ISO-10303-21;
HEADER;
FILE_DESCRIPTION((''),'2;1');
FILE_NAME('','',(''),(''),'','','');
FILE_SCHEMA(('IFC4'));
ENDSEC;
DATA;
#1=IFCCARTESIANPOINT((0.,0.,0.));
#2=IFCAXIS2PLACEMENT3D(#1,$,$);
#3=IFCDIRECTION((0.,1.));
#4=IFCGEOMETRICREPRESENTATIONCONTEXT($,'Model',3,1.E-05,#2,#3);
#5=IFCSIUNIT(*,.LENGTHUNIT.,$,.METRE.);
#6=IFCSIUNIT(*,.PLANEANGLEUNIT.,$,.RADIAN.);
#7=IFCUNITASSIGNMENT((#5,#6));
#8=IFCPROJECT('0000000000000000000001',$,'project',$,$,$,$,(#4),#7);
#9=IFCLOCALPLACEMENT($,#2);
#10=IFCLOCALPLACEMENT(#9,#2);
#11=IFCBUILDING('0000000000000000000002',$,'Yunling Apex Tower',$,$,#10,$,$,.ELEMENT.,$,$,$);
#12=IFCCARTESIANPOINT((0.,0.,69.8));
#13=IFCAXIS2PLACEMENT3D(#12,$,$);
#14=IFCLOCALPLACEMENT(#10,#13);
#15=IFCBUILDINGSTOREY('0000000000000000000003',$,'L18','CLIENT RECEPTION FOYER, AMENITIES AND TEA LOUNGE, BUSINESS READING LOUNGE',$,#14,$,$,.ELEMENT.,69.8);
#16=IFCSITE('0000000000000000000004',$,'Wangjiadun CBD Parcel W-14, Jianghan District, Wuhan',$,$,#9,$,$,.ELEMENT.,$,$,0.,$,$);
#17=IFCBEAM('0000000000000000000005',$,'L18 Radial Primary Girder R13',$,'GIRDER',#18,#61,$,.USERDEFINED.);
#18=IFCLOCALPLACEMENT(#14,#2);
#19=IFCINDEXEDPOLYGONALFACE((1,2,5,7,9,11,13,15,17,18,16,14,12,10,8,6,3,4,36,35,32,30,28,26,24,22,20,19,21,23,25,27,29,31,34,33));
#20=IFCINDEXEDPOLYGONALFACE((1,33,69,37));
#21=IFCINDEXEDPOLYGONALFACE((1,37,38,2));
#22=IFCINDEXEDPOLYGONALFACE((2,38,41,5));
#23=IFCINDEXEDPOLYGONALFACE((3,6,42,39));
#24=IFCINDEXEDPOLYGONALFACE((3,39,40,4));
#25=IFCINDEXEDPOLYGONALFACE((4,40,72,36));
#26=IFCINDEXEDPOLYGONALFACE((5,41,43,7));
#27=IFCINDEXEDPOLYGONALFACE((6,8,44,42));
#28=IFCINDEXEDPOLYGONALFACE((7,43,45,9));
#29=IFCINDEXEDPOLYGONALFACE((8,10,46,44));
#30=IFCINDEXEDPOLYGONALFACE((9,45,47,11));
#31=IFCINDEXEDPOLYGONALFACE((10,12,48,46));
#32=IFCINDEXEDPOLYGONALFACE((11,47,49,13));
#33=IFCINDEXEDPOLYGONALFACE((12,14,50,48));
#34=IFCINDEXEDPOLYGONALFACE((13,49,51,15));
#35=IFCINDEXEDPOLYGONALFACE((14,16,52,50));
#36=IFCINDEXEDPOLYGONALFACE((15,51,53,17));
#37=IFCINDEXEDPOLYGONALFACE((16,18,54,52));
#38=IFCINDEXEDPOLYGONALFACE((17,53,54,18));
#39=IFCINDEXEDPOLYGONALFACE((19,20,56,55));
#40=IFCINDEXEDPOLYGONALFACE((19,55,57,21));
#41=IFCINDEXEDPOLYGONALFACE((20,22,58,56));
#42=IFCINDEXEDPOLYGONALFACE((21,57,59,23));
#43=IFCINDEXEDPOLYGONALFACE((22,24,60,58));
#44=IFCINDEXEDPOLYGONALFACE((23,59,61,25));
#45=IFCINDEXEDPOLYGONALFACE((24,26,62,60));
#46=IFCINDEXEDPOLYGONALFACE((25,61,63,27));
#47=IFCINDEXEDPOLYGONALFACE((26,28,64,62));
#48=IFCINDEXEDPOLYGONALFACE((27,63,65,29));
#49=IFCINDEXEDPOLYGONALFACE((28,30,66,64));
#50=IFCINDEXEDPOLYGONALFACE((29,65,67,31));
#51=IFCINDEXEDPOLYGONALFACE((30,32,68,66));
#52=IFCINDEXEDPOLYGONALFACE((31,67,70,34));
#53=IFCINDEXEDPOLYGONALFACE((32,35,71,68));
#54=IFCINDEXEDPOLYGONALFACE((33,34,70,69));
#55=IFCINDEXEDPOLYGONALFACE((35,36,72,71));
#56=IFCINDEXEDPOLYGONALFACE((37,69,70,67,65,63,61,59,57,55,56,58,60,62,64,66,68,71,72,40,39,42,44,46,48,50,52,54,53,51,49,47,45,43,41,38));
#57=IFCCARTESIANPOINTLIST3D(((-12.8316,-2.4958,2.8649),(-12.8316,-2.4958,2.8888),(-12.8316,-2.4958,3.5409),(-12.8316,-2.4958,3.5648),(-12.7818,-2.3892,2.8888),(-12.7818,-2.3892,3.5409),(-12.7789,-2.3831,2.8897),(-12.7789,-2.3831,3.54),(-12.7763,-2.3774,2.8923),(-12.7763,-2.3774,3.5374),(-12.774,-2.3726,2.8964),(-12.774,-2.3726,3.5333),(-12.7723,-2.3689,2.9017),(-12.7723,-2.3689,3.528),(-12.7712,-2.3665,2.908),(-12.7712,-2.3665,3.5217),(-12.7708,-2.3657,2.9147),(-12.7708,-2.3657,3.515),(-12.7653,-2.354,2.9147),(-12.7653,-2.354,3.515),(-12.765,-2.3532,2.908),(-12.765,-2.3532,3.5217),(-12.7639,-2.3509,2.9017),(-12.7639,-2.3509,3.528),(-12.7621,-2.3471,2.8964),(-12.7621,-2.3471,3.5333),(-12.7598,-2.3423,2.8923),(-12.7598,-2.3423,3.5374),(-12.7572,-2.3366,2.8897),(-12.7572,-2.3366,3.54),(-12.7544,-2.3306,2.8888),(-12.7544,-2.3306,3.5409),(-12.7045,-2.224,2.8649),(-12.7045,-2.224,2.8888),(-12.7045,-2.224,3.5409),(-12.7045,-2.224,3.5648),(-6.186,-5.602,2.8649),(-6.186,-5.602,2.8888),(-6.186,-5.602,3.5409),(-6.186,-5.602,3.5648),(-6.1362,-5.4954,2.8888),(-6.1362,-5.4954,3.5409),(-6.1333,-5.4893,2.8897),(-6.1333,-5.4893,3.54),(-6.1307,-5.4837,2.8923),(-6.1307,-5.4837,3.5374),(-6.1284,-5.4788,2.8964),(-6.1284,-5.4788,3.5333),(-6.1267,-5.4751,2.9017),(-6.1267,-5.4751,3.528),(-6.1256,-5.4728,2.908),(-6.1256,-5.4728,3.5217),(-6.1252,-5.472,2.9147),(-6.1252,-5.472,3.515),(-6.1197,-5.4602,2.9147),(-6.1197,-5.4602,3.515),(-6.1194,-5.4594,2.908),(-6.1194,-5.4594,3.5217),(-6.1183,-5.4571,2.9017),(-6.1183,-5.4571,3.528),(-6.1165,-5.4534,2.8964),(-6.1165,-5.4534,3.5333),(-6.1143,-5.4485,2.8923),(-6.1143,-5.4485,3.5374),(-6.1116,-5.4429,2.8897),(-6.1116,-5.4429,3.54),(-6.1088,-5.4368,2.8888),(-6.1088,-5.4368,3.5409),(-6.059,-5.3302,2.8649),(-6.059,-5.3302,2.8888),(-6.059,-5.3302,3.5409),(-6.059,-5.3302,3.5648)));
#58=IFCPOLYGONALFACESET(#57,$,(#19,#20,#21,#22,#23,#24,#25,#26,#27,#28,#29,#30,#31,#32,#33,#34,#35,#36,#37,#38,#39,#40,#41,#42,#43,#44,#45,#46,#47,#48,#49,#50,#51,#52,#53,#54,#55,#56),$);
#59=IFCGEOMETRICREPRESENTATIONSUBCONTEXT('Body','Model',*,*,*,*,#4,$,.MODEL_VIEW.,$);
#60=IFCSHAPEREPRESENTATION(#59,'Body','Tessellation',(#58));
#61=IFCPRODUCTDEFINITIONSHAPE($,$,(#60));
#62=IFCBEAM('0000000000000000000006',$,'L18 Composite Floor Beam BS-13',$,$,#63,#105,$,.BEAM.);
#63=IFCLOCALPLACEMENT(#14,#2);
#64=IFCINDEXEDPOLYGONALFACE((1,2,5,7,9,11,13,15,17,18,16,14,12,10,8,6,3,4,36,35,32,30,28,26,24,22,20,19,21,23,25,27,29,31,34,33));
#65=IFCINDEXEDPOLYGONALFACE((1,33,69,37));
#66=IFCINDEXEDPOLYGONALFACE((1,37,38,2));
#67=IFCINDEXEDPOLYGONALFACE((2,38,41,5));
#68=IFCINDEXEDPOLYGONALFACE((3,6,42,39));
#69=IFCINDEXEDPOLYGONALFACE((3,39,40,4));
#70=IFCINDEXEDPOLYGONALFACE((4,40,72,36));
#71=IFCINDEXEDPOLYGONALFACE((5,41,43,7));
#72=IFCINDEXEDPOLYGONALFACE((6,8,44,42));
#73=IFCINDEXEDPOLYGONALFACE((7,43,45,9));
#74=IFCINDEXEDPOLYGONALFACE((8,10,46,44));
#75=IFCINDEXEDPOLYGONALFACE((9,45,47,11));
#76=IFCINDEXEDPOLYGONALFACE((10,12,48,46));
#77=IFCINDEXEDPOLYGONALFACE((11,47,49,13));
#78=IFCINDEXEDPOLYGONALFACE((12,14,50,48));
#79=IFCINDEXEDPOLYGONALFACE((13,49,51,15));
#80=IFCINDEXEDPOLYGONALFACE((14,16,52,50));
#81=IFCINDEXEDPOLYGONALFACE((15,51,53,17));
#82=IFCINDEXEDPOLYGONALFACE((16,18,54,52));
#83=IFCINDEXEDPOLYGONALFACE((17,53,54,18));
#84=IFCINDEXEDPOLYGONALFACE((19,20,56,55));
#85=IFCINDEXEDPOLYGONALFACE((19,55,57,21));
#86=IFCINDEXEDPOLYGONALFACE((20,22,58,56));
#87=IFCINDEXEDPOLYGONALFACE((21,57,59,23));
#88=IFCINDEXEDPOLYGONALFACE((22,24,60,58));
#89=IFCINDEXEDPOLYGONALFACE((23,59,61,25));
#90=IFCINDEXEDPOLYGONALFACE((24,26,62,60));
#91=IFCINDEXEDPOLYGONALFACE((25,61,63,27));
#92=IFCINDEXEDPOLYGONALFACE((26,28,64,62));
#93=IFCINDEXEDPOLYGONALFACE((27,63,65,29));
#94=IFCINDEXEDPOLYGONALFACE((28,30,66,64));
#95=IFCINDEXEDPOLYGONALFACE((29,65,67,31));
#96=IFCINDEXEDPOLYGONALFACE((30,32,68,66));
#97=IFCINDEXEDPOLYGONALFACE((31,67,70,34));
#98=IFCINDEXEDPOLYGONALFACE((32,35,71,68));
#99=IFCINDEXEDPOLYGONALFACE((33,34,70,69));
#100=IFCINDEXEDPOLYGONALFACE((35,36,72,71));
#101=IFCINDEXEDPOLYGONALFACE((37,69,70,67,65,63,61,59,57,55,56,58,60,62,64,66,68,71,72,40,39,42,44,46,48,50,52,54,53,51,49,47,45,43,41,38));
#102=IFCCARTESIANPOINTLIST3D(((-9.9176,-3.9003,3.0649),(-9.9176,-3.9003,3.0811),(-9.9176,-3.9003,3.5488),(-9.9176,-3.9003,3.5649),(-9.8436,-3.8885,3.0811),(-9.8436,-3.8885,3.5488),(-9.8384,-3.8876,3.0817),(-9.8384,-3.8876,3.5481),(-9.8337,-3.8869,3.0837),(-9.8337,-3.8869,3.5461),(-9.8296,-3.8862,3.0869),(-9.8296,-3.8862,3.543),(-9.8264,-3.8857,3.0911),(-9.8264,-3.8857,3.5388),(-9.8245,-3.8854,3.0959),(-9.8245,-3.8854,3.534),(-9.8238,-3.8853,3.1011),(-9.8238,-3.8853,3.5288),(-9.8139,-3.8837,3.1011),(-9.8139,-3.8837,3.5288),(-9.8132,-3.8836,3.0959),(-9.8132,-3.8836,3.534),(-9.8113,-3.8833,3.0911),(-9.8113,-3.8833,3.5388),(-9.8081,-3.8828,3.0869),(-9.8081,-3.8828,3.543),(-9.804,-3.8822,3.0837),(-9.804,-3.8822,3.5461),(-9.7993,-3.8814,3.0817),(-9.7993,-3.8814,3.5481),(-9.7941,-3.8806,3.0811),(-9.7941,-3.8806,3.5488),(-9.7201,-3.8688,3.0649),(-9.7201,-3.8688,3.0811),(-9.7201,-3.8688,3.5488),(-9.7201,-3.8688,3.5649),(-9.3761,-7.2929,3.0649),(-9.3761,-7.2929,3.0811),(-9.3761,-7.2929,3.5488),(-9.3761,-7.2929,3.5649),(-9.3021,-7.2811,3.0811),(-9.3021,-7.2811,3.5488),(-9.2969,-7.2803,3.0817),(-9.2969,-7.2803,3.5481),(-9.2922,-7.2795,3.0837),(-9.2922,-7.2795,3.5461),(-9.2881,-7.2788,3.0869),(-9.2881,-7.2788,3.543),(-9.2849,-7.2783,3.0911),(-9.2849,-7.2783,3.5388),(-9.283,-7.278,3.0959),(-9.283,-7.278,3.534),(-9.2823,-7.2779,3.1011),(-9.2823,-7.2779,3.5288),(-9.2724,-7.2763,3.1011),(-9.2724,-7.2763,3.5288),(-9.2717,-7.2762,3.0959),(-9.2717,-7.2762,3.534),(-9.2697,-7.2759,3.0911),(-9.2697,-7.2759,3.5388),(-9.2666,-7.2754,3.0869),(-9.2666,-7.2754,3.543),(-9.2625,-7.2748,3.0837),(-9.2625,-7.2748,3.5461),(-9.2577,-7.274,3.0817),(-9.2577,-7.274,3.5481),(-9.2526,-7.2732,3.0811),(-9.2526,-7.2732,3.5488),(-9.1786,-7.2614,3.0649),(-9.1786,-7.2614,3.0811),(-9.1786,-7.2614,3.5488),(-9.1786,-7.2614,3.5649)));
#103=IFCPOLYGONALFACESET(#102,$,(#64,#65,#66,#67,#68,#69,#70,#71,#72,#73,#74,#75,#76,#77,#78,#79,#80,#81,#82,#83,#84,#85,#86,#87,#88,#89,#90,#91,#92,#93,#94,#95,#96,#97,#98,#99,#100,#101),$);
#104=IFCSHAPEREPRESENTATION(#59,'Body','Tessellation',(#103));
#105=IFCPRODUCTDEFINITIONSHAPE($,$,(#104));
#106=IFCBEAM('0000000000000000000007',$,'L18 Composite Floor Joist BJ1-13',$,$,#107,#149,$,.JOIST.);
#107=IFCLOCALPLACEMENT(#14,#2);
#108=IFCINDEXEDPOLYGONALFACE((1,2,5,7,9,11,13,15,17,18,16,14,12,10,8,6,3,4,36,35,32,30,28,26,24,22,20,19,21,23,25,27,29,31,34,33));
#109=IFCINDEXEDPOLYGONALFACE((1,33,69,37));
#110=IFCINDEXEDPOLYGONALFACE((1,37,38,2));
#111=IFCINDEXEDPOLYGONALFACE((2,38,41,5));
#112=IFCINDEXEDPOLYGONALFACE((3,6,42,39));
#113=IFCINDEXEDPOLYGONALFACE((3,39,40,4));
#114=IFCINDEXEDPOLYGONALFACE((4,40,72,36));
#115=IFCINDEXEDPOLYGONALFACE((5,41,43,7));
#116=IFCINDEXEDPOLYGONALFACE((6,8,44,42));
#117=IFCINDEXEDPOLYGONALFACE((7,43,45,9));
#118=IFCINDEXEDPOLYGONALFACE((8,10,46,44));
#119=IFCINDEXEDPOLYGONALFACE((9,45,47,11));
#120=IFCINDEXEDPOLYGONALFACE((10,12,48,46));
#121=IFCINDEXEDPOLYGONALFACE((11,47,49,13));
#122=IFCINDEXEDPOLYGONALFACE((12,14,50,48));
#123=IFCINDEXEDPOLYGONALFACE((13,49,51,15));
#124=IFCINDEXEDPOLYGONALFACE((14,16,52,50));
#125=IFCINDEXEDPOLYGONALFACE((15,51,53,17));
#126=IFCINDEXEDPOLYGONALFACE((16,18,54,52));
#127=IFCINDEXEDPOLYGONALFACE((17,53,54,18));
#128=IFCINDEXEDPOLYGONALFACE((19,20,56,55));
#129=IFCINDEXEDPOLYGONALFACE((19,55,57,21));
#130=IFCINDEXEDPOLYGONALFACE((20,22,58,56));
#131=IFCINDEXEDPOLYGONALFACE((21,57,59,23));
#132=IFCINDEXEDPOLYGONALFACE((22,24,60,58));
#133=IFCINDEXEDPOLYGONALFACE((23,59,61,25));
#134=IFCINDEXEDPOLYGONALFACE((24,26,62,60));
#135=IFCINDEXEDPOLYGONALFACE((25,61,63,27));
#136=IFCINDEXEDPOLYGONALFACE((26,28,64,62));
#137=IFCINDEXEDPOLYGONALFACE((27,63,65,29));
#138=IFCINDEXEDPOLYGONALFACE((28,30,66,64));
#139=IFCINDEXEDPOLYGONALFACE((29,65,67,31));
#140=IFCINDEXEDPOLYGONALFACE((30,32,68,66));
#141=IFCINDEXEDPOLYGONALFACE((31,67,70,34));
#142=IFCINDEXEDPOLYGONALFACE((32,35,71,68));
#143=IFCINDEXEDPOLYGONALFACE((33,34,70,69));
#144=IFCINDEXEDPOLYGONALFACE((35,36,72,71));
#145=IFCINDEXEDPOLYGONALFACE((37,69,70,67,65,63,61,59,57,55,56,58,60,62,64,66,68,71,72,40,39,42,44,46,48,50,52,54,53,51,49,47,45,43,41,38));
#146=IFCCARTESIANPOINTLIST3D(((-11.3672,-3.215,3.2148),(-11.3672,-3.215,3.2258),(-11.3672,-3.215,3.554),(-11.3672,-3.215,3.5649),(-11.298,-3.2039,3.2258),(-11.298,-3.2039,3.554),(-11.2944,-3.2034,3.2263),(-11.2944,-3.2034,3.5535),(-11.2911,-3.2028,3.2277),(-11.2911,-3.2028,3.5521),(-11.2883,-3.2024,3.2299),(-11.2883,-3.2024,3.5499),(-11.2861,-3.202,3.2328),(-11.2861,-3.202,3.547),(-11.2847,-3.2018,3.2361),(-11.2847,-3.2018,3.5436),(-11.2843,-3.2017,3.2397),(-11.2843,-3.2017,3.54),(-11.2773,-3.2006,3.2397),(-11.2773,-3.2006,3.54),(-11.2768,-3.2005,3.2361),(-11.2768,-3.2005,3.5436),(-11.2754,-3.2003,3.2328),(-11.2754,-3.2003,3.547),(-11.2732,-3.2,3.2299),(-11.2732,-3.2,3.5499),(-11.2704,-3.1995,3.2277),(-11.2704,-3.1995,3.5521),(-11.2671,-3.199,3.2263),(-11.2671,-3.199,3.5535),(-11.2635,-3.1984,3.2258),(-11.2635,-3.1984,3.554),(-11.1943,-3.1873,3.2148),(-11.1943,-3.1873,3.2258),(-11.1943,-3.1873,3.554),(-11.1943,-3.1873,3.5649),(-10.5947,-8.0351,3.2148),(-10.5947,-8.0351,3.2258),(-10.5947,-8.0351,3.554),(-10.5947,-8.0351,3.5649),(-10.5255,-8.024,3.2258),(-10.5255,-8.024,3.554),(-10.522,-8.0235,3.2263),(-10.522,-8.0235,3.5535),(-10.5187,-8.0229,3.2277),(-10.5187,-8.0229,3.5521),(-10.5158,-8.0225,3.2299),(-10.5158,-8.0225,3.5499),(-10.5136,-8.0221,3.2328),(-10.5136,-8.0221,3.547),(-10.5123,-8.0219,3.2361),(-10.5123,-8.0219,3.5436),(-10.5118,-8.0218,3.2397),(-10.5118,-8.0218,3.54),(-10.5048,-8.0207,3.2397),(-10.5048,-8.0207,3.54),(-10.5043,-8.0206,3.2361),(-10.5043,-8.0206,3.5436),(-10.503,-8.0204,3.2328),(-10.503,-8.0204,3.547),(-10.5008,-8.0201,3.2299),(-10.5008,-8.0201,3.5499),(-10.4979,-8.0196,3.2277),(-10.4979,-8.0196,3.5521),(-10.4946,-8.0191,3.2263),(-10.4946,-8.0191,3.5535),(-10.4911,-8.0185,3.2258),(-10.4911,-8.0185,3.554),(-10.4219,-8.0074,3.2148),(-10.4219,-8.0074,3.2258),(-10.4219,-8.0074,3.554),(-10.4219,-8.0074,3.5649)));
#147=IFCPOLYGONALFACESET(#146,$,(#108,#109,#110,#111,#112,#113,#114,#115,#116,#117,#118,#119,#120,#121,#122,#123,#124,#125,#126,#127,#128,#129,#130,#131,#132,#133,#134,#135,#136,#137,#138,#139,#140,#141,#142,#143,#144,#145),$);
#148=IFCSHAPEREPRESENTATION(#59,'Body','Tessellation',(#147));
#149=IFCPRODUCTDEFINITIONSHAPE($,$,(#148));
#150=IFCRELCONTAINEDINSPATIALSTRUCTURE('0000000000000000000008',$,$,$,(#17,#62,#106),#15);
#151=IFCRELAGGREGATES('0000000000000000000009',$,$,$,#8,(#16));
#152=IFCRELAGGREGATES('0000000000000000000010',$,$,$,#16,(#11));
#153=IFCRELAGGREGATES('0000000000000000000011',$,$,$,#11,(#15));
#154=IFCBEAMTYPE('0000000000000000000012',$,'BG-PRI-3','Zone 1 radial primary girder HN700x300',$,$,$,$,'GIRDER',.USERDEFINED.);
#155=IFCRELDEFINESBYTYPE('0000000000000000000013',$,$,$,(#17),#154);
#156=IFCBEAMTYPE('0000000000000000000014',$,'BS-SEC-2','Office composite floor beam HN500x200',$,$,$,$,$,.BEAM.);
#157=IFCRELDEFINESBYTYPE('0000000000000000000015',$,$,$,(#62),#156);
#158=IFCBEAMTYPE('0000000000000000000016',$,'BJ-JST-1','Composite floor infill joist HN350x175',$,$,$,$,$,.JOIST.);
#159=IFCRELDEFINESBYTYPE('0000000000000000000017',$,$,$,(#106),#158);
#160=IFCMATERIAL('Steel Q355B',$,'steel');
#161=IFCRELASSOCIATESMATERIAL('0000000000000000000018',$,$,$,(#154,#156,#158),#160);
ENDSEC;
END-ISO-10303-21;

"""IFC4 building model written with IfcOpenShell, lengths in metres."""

from ifc_helpers import new_model, si_unit, direction, frame, origin, origin_2d, place, context, subcontext, project, spatial, i_section, extrude, source, transform, mapped, material, material_profile, profile_set, type_object, element, save


model = new_model("IFC4")

# Units and contexts
model_context = context("Model", 3, precision=1e-05, world=origin(), true_north=direction((0.0, 1.0)))
body_context = subcontext(model_context, "Body", "Model", "MODEL_VIEW")
ifc_project = project(units=[si_unit("LENGTHUNIT", "METRE"), si_unit("PLANEANGLEUNIT", "RADIAN")], contexts=[model_context])

# Site, building, storey
site_placement = place(None, origin())
site = spatial("IfcSite", under=ifc_project, at=site_placement, Name="Wangjiadun CBD Parcel W-14, Jianghan District, Wuhan", CompositionType="ELEMENT", RefElevation=0.0)
building_placement = place(site_placement, origin())
building = spatial("IfcBuilding", under=site, at=building_placement, Name="Yunling Apex Tower", CompositionType="ELEMENT")
storey_placement = place(building_placement, frame((0.0, 0.0, 69.8)))
storey = spatial("IfcBuildingStorey", under=building, at=storey_placement, Name="L18", Description="CLIENT RECEPTION FOYER, AMENITIES AND TEA LOUNGE, BUSINESS READING LOUNGE", CompositionType="ELEMENT", Elevation=69.8)

# Beams
ifc_material_1 = material(Name="Steel Q355B", Category="steel")
ifc_material_profile_1 = material_profile(ifc_material_1, i_section(OverallWidth=0.3, OverallDepth=0.7, WebThickness=0.0129, FlangeThickness=0.0239, FilletRadius=0.0259, at=origin_2d()))
ifc_profile_set_1 = profile_set([ifc_material_profile_1], Name="Steel Q355B")
beam_type_1 = type_object("IfcBeamType", Name="BG-PRI-3", Description="Zone 1 radial primary girder HN700x300", ElementType="GIRDER", PredefinedType="USERDEFINED", material=ifc_profile_set_1)
shared_shape_1 = source(origin(), body_context, "Body", "SweptSolid", [
    extrude(i_section(OverallWidth=0.3, OverallDepth=0.7, WebThickness=0.0129, FlangeThickness=0.0239, FilletRadius=0.0259, at=origin_2d()), origin(), (0.0, 0.0, 1.0), 7.3357),
])
beam_1_placement = place(storey_placement, frame((-12.7681, -2.3599, 3.2148), z_axis=(0.905924, -0.423441, 0.0), x_axis=(0.423441, 0.905924, 0.0)))
element("IfcBeam", 1, at=beam_1_placement, inside=storey, type_object=beam_type_1, Name="L18 Radial Primary Girder R13", ObjectType="GIRDER", PredefinedType="USERDEFINED", context=body_context, shape_type="MappedRepresentation", body=[
    mapped(shared_shape_1, transform((0.0, 0.0, 0.0), scale=1.0)),
])
ifc_material_profile_2 = material_profile(ifc_material_1, i_section(OverallWidth=0.2, OverallDepth=0.5, WebThickness=0.01, FlangeThickness=0.0161, FilletRadius=0.02, at=origin_2d()))
ifc_profile_set_2 = profile_set([ifc_material_profile_2], Name="Steel Q355B")
beam_type_2 = type_object("IfcBeamType", Name="BS-SEC-2", Description="Office composite floor beam HN500x200", PredefinedType="BEAM", material=ifc_profile_set_2)
shared_shape_2 = source(origin(), body_context, "Body", "SweptSolid", [
    extrude(i_section(OverallWidth=0.2, OverallDepth=0.5, WebThickness=0.01, FlangeThickness=0.0161, FilletRadius=0.02, at=origin_2d()), origin(), (0.0, 0.0, 1.0), 3.4355),
])
beam_2_placement = place(storey_placement, frame((-9.8188, -3.8845, 3.3149), z_axis=(0.157619, -0.9875, 0.0), x_axis=(0.9875, 0.157619, 0.0)))
element("IfcBeam", 2, at=beam_2_placement, inside=storey, type_object=beam_type_2, Name="L18 Composite Floor Beam BS-13", PredefinedType="BEAM", context=body_context, shape_type="MappedRepresentation", body=[
    mapped(shared_shape_2, transform((0.0, 0.0, 0.0), scale=1.0)),
])
ifc_material_profile_3 = material_profile(ifc_material_1, i_section(OverallWidth=0.175, OverallDepth=0.3501, WebThickness=0.0071, FlangeThickness=0.011, FilletRadius=0.0139, at=origin_2d()))
ifc_profile_set_3 = profile_set([ifc_material_profile_3], Name="Steel Q355B")
beam_type_3 = type_object("IfcBeamType", Name="BJ-JST-1", Description="Composite floor infill joist HN350x175", PredefinedType="JOIST", material=ifc_profile_set_3)
shared_shape_3 = source(origin(), body_context, "Body", "SweptSolid", [
    extrude(i_section(OverallWidth=0.175, OverallDepth=0.3501, WebThickness=0.0071, FlangeThickness=0.011, FilletRadius=0.0139, at=origin_2d()), origin(), (0.0, 0.0, 1.0), 4.8816),
])
beam_3_placement = place(storey_placement, frame((-11.2808, -3.2012, 3.3899), z_axis=(0.15824, -0.987401, 0.0), x_axis=(0.987401, 0.15824, 0.0)))
element("IfcBeam", 3, at=beam_3_placement, inside=storey, type_object=beam_type_3, Name="L18 Composite Floor Joist BJ1-13", PredefinedType="JOIST", context=body_context, shape_type="MappedRepresentation", body=[
    mapped(shared_shape_3, transform((0.0, 0.0, 0.0), scale=1.0)),
])

save(model, "model.ifc")
